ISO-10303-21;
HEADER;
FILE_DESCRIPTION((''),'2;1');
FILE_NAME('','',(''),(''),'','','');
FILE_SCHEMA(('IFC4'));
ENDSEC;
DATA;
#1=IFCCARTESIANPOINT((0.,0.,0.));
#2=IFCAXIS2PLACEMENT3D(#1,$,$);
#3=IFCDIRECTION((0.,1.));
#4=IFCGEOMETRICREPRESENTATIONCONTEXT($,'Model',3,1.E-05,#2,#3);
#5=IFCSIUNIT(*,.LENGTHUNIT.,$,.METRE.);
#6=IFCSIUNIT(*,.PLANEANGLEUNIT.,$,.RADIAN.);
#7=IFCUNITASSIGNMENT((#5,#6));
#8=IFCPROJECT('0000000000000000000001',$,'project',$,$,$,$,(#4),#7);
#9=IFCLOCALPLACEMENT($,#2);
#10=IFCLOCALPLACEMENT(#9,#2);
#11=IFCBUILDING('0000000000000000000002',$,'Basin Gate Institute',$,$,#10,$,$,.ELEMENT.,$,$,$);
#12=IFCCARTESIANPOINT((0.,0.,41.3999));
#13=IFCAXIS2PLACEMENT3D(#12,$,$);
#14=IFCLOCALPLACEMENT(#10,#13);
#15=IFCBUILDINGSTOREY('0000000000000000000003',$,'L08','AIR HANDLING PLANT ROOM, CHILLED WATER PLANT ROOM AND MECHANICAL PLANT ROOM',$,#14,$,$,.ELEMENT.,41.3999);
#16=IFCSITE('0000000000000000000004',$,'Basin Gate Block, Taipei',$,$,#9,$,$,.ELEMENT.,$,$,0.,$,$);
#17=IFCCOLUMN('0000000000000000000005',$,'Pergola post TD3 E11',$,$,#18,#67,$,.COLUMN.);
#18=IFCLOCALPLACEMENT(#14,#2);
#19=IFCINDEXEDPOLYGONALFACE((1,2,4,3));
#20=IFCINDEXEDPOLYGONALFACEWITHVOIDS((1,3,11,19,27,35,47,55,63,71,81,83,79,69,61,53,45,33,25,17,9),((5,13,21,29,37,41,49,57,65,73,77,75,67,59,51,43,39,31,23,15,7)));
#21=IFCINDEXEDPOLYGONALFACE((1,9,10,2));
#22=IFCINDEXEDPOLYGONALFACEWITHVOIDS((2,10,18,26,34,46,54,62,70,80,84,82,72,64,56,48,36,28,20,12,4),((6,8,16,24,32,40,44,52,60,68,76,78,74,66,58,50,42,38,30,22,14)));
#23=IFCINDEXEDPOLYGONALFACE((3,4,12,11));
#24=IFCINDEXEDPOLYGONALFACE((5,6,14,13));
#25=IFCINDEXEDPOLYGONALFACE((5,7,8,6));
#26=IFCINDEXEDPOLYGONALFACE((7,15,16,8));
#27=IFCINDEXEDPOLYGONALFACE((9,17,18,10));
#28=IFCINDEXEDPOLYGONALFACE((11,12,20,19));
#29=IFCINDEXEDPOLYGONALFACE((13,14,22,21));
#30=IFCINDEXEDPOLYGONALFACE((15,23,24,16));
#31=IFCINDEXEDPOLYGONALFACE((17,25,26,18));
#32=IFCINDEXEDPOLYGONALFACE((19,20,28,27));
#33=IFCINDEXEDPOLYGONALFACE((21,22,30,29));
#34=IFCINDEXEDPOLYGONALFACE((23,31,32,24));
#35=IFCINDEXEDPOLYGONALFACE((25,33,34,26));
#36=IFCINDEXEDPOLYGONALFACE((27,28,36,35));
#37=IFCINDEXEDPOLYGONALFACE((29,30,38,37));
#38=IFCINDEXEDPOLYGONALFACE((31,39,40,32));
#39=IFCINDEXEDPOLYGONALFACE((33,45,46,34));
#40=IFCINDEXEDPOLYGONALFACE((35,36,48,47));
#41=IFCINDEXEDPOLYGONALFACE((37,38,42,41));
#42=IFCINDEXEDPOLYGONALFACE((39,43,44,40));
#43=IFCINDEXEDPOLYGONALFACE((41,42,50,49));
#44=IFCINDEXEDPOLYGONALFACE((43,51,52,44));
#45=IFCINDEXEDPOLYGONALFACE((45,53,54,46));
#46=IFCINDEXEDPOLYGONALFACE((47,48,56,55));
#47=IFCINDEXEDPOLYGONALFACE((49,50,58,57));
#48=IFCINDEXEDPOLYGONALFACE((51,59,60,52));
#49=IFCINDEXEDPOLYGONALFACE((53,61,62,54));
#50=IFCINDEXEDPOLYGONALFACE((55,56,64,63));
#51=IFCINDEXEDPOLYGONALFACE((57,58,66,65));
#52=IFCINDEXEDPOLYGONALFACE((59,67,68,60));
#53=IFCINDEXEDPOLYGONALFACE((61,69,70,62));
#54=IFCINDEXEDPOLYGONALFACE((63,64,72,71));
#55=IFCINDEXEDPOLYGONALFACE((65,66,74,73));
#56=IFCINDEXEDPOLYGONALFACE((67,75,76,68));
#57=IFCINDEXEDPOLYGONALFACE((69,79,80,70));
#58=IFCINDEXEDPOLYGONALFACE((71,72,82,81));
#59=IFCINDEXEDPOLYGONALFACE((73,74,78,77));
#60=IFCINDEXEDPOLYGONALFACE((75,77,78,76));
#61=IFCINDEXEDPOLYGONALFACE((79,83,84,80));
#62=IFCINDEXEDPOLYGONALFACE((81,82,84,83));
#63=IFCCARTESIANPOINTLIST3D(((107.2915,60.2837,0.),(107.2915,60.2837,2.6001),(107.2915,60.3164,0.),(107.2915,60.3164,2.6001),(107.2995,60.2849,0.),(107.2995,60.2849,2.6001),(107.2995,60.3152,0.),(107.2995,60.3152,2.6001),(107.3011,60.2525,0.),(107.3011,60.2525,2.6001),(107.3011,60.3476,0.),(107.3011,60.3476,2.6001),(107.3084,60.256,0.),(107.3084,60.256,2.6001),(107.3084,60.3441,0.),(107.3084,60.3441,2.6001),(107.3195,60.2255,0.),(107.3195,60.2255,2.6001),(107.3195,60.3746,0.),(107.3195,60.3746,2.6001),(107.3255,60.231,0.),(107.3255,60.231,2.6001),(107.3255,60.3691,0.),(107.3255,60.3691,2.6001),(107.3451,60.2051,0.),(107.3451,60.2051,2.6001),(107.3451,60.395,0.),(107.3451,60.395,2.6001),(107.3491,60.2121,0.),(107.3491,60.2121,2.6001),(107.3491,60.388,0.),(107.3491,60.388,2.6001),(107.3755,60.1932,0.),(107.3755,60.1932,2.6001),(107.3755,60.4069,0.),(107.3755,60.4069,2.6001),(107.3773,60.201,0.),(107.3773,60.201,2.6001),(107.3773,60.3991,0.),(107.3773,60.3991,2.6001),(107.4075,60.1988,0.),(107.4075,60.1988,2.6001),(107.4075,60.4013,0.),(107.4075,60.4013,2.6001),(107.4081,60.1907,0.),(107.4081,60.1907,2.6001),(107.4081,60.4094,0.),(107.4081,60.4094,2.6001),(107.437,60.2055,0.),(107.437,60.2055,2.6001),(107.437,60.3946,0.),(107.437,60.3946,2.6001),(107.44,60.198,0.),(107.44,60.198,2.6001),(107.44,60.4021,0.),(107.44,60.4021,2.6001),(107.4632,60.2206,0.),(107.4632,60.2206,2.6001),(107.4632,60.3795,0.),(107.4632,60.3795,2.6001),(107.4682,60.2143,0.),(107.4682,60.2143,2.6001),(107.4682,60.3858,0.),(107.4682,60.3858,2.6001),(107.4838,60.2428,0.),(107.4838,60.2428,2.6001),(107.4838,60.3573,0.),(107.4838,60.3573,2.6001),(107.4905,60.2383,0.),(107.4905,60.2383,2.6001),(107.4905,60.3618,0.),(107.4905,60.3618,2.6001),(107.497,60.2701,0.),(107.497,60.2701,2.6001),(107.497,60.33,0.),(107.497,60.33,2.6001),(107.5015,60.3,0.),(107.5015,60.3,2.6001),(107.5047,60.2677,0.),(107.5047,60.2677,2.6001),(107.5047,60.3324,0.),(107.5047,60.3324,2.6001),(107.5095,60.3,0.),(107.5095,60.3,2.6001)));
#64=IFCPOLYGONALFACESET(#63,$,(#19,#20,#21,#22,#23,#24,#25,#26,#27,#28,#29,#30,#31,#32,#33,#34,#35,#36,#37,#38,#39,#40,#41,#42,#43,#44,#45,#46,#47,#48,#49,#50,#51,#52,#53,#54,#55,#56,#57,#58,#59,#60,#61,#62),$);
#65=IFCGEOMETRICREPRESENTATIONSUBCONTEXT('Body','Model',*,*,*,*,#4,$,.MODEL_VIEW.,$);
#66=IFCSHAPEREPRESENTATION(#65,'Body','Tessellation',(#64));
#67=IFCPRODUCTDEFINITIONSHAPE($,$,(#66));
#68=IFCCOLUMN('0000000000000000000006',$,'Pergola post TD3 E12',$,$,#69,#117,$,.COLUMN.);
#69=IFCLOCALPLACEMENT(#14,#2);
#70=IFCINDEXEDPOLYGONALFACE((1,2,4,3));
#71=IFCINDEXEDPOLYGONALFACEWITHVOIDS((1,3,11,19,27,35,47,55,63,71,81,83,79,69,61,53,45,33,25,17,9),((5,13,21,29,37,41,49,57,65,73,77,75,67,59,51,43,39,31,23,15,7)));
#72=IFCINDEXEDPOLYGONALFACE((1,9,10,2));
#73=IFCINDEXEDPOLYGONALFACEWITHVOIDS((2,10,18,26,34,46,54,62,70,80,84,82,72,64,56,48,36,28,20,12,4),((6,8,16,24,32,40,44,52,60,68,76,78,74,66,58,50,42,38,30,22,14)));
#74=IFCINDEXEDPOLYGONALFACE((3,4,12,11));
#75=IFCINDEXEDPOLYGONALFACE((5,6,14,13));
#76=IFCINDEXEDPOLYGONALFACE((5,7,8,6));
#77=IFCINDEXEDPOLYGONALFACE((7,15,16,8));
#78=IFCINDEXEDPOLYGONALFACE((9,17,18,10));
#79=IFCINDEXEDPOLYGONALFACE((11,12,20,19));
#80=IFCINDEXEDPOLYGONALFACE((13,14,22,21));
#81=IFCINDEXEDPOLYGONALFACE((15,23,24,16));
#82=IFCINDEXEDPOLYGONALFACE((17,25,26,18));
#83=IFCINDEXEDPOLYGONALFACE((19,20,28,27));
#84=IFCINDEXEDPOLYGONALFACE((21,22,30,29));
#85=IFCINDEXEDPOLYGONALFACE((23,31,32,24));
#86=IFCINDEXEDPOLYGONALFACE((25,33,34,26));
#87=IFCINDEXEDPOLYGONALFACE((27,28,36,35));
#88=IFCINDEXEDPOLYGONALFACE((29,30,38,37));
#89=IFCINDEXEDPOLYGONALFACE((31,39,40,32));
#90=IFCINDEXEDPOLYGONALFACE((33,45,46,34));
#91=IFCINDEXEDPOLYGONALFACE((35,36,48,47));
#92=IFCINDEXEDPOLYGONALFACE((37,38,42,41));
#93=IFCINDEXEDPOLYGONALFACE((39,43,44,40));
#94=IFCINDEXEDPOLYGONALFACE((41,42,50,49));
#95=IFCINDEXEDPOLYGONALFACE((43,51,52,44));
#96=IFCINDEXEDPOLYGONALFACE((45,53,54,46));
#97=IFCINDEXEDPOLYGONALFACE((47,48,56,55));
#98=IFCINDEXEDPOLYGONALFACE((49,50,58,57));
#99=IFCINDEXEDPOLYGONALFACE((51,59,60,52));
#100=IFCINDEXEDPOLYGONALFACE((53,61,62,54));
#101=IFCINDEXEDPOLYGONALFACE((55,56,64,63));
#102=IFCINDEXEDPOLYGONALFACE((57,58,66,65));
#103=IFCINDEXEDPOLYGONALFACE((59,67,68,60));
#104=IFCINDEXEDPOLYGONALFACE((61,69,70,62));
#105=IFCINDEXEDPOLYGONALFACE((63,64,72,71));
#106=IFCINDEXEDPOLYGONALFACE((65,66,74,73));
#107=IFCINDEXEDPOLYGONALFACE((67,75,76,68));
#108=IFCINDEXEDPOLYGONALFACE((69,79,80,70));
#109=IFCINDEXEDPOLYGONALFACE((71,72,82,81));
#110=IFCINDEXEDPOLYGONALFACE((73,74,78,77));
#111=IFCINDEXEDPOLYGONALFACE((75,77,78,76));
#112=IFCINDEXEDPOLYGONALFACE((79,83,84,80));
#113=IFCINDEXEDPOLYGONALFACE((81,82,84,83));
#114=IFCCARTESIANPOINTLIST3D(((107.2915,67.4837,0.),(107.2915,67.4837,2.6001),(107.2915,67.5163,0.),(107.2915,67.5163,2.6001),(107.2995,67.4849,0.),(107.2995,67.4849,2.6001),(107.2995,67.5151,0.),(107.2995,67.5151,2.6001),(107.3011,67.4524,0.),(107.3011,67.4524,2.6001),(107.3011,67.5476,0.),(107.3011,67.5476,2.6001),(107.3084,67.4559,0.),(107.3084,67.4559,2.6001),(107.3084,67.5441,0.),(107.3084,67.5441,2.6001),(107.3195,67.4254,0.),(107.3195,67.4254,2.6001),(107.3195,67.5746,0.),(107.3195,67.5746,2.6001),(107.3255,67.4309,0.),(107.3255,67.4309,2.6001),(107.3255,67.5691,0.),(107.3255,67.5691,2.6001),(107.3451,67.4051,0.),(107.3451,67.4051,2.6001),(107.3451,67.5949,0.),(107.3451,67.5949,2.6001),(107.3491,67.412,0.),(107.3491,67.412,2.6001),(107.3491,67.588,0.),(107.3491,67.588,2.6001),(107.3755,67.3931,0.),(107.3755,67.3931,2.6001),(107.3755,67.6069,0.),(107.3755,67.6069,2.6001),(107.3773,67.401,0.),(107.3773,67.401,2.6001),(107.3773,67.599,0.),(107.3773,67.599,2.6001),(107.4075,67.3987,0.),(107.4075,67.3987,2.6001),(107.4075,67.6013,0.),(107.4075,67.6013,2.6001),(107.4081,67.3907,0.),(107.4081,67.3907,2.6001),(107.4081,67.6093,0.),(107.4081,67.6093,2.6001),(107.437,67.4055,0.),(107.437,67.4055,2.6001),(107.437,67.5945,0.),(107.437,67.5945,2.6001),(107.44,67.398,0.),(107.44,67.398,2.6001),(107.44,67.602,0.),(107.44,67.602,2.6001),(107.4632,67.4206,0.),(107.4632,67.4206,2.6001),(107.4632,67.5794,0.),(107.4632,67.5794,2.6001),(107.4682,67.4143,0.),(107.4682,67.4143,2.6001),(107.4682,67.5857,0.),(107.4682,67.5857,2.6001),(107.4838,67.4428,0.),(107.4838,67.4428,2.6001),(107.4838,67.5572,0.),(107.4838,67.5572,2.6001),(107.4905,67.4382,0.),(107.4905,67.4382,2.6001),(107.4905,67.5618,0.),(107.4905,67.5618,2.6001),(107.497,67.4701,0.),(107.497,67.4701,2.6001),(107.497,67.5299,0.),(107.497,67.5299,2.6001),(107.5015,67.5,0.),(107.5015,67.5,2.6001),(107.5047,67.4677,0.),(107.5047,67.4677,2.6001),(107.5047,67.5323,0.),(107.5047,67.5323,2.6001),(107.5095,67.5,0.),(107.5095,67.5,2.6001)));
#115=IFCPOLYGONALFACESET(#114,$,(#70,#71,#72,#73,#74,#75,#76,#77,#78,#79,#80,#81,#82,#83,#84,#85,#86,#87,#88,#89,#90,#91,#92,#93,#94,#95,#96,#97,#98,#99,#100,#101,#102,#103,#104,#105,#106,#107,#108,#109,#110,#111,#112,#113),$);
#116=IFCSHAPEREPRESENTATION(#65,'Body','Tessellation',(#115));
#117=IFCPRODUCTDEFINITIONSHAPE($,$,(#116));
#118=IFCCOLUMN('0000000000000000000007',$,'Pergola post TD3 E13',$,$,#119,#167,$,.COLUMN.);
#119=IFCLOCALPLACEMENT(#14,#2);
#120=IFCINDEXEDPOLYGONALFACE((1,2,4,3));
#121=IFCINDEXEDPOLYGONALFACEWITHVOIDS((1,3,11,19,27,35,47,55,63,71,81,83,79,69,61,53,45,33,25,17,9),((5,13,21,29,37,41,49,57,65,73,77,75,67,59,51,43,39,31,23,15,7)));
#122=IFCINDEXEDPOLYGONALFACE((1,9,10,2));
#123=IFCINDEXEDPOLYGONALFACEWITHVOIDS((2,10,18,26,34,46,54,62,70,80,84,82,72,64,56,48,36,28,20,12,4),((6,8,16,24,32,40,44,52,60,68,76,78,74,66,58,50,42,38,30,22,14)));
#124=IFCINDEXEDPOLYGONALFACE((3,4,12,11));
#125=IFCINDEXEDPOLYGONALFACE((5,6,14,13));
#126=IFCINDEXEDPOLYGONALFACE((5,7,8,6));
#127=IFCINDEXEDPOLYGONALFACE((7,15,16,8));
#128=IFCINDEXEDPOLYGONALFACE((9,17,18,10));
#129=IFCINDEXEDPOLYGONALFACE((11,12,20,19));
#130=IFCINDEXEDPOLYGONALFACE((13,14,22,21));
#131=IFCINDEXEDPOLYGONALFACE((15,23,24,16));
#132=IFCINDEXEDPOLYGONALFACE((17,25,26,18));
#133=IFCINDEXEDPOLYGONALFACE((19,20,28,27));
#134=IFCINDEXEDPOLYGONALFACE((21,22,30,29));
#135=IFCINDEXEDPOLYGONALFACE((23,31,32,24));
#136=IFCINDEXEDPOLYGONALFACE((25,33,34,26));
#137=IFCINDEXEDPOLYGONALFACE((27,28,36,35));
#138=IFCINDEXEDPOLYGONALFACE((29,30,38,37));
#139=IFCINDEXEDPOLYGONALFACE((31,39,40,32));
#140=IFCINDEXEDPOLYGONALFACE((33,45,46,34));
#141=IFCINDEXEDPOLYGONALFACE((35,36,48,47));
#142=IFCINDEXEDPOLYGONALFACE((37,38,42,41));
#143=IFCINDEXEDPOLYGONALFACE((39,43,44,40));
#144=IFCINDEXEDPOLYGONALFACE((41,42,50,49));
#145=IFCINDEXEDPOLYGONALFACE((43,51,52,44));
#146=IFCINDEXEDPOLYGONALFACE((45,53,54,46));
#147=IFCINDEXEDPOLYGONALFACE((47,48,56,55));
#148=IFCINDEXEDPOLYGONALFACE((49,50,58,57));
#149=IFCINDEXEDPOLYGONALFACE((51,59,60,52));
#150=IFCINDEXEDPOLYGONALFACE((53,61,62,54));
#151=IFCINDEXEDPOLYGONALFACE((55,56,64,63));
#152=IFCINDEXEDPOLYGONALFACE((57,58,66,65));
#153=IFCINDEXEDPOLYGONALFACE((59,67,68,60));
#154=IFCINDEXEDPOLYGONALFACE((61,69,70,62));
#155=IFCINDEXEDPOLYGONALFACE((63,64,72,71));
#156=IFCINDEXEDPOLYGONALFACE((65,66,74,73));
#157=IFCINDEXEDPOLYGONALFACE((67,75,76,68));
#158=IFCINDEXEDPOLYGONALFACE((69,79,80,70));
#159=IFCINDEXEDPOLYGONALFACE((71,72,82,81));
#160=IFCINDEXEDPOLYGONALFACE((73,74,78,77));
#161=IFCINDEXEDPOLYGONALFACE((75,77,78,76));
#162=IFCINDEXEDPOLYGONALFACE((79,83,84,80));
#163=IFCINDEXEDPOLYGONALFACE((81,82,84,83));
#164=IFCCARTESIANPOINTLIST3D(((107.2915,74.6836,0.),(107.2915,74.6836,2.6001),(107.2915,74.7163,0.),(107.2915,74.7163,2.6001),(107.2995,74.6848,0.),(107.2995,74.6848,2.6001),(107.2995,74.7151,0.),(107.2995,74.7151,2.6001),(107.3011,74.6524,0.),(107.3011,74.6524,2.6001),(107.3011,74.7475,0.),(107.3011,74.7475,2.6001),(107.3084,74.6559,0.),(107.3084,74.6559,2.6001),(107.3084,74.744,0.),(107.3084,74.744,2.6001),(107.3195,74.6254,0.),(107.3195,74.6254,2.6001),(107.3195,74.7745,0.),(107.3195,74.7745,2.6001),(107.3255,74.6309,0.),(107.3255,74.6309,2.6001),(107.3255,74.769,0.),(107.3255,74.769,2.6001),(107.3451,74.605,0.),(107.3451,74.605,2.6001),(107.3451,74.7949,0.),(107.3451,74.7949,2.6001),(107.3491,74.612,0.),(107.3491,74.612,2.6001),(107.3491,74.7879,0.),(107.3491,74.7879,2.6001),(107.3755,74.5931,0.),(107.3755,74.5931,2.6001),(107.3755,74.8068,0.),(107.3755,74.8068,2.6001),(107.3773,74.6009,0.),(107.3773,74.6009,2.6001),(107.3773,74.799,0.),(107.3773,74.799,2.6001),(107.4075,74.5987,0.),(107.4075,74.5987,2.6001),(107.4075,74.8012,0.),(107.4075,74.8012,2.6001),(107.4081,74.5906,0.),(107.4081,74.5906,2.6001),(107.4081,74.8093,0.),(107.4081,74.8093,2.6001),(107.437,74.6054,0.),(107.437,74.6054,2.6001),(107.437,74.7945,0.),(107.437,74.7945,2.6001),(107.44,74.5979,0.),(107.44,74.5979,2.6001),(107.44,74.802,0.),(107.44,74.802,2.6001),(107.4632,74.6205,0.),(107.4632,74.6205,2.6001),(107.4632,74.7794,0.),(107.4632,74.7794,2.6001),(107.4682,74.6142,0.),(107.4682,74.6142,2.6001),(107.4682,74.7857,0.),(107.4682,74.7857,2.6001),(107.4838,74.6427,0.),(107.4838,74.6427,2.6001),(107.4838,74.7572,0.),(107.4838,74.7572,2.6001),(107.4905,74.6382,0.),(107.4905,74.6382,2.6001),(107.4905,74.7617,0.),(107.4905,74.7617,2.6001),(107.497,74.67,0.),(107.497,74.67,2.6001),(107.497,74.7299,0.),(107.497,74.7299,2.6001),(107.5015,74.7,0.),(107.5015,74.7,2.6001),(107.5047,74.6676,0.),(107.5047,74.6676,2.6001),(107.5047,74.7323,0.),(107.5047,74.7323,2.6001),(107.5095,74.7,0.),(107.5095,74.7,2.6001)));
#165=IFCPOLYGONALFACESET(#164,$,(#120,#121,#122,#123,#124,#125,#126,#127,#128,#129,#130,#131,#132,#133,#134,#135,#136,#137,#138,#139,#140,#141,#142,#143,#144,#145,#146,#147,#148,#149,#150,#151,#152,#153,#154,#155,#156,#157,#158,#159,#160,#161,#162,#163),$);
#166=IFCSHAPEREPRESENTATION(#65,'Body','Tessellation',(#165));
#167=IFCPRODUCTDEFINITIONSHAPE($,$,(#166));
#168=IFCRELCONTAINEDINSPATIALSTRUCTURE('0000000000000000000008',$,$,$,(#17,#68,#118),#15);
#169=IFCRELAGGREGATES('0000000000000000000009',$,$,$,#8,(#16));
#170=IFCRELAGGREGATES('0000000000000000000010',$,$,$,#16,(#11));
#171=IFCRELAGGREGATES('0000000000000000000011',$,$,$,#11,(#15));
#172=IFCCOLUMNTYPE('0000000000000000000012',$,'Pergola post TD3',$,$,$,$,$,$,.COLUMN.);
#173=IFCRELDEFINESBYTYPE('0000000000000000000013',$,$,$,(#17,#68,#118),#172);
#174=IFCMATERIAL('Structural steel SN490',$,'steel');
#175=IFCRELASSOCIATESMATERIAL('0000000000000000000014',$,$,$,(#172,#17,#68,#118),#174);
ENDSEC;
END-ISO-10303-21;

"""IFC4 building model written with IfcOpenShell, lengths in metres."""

from ifc_helpers import new_model, si_unit, direction, frame, origin, origin_2d, place, context, subcontext, project, spatial, hollow_circle, extrude, material, material_profile, profile_set, type_object, element, save


model = new_model("IFC4")

# Units and contexts
model_context = context("Model", 3, precision=1e-05, world=origin(), true_north=direction((0.0, 1.0)))
body_context = subcontext(model_context, "Body", "Model", "MODEL_VIEW")
ifc_project = project(units=[si_unit("LENGTHUNIT", "METRE"), si_unit("PLANEANGLEUNIT", "RADIAN")], contexts=[model_context])

# Site, building, storey
site_placement = place(None, origin())
site = spatial("IfcSite", under=ifc_project, at=site_placement, Name="Basin Gate Block, Taipei", CompositionType="ELEMENT", RefElevation=0.0)
building_placement = place(site_placement, origin())
building = spatial("IfcBuilding", under=site, at=building_placement, Name="Basin Gate Institute", CompositionType="ELEMENT")
storey_placement = place(building_placement, frame((0.0, 0.0, 41.3999)))
storey = spatial("IfcBuildingStorey", under=building, at=storey_placement, Name="L08", Description="AIR HANDLING PLANT ROOM, CHILLED WATER PLANT ROOM AND MECHANICAL PLANT ROOM", CompositionType="ELEMENT", Elevation=41.3999)

# Columns
ifc_material_1 = material(Name="Structural steel SN490", Category="steel")
ifc_material_profile_1 = material_profile(ifc_material_1, hollow_circle(Radius=0.1096, WallThickness=0.0081, at=origin_2d()), Name="CHS219x8")
ifc_profile_set_1 = profile_set([ifc_material_profile_1], Name="Structural steel SN490")
column_type = type_object("IfcColumnType", Name="Pergola post TD3", PredefinedType="COLUMN", material=ifc_profile_set_1)
for number, where, z_axis, x_axis, name in (
    (1, (107.3999, 60.3, 0.0), (0.0, 0.0, 1.0), (1.0, 0.0, 0.0), "Pergola post TD3 E11"),
    (2, (107.3999, 67.5, 0.0), (0.0, 0.0, 1.0), (1.0, 0.0, 0.0), "Pergola post TD3 E12"),
    (3, (107.3999, 74.7, 0.0), (0.0, 0.0, 1.0), (1.0, 0.0, 0.0), "Pergola post TD3 E13"),
):
    element("IfcColumn", number, at=place(storey_placement, frame(where, z_axis=z_axis, x_axis=x_axis)), inside=storey, type_object=column_type, material=ifc_profile_set_1, Name=name, PredefinedType="COLUMN", context=body_context, shape_type="SweptSolid", body=[
        extrude(hollow_circle(Radius=0.1096, WallThickness=0.0081, at=origin_2d()), origin(), (0.0, 0.0, 1.0), 2.6001),
    ])

save(model, "model.ifc")
